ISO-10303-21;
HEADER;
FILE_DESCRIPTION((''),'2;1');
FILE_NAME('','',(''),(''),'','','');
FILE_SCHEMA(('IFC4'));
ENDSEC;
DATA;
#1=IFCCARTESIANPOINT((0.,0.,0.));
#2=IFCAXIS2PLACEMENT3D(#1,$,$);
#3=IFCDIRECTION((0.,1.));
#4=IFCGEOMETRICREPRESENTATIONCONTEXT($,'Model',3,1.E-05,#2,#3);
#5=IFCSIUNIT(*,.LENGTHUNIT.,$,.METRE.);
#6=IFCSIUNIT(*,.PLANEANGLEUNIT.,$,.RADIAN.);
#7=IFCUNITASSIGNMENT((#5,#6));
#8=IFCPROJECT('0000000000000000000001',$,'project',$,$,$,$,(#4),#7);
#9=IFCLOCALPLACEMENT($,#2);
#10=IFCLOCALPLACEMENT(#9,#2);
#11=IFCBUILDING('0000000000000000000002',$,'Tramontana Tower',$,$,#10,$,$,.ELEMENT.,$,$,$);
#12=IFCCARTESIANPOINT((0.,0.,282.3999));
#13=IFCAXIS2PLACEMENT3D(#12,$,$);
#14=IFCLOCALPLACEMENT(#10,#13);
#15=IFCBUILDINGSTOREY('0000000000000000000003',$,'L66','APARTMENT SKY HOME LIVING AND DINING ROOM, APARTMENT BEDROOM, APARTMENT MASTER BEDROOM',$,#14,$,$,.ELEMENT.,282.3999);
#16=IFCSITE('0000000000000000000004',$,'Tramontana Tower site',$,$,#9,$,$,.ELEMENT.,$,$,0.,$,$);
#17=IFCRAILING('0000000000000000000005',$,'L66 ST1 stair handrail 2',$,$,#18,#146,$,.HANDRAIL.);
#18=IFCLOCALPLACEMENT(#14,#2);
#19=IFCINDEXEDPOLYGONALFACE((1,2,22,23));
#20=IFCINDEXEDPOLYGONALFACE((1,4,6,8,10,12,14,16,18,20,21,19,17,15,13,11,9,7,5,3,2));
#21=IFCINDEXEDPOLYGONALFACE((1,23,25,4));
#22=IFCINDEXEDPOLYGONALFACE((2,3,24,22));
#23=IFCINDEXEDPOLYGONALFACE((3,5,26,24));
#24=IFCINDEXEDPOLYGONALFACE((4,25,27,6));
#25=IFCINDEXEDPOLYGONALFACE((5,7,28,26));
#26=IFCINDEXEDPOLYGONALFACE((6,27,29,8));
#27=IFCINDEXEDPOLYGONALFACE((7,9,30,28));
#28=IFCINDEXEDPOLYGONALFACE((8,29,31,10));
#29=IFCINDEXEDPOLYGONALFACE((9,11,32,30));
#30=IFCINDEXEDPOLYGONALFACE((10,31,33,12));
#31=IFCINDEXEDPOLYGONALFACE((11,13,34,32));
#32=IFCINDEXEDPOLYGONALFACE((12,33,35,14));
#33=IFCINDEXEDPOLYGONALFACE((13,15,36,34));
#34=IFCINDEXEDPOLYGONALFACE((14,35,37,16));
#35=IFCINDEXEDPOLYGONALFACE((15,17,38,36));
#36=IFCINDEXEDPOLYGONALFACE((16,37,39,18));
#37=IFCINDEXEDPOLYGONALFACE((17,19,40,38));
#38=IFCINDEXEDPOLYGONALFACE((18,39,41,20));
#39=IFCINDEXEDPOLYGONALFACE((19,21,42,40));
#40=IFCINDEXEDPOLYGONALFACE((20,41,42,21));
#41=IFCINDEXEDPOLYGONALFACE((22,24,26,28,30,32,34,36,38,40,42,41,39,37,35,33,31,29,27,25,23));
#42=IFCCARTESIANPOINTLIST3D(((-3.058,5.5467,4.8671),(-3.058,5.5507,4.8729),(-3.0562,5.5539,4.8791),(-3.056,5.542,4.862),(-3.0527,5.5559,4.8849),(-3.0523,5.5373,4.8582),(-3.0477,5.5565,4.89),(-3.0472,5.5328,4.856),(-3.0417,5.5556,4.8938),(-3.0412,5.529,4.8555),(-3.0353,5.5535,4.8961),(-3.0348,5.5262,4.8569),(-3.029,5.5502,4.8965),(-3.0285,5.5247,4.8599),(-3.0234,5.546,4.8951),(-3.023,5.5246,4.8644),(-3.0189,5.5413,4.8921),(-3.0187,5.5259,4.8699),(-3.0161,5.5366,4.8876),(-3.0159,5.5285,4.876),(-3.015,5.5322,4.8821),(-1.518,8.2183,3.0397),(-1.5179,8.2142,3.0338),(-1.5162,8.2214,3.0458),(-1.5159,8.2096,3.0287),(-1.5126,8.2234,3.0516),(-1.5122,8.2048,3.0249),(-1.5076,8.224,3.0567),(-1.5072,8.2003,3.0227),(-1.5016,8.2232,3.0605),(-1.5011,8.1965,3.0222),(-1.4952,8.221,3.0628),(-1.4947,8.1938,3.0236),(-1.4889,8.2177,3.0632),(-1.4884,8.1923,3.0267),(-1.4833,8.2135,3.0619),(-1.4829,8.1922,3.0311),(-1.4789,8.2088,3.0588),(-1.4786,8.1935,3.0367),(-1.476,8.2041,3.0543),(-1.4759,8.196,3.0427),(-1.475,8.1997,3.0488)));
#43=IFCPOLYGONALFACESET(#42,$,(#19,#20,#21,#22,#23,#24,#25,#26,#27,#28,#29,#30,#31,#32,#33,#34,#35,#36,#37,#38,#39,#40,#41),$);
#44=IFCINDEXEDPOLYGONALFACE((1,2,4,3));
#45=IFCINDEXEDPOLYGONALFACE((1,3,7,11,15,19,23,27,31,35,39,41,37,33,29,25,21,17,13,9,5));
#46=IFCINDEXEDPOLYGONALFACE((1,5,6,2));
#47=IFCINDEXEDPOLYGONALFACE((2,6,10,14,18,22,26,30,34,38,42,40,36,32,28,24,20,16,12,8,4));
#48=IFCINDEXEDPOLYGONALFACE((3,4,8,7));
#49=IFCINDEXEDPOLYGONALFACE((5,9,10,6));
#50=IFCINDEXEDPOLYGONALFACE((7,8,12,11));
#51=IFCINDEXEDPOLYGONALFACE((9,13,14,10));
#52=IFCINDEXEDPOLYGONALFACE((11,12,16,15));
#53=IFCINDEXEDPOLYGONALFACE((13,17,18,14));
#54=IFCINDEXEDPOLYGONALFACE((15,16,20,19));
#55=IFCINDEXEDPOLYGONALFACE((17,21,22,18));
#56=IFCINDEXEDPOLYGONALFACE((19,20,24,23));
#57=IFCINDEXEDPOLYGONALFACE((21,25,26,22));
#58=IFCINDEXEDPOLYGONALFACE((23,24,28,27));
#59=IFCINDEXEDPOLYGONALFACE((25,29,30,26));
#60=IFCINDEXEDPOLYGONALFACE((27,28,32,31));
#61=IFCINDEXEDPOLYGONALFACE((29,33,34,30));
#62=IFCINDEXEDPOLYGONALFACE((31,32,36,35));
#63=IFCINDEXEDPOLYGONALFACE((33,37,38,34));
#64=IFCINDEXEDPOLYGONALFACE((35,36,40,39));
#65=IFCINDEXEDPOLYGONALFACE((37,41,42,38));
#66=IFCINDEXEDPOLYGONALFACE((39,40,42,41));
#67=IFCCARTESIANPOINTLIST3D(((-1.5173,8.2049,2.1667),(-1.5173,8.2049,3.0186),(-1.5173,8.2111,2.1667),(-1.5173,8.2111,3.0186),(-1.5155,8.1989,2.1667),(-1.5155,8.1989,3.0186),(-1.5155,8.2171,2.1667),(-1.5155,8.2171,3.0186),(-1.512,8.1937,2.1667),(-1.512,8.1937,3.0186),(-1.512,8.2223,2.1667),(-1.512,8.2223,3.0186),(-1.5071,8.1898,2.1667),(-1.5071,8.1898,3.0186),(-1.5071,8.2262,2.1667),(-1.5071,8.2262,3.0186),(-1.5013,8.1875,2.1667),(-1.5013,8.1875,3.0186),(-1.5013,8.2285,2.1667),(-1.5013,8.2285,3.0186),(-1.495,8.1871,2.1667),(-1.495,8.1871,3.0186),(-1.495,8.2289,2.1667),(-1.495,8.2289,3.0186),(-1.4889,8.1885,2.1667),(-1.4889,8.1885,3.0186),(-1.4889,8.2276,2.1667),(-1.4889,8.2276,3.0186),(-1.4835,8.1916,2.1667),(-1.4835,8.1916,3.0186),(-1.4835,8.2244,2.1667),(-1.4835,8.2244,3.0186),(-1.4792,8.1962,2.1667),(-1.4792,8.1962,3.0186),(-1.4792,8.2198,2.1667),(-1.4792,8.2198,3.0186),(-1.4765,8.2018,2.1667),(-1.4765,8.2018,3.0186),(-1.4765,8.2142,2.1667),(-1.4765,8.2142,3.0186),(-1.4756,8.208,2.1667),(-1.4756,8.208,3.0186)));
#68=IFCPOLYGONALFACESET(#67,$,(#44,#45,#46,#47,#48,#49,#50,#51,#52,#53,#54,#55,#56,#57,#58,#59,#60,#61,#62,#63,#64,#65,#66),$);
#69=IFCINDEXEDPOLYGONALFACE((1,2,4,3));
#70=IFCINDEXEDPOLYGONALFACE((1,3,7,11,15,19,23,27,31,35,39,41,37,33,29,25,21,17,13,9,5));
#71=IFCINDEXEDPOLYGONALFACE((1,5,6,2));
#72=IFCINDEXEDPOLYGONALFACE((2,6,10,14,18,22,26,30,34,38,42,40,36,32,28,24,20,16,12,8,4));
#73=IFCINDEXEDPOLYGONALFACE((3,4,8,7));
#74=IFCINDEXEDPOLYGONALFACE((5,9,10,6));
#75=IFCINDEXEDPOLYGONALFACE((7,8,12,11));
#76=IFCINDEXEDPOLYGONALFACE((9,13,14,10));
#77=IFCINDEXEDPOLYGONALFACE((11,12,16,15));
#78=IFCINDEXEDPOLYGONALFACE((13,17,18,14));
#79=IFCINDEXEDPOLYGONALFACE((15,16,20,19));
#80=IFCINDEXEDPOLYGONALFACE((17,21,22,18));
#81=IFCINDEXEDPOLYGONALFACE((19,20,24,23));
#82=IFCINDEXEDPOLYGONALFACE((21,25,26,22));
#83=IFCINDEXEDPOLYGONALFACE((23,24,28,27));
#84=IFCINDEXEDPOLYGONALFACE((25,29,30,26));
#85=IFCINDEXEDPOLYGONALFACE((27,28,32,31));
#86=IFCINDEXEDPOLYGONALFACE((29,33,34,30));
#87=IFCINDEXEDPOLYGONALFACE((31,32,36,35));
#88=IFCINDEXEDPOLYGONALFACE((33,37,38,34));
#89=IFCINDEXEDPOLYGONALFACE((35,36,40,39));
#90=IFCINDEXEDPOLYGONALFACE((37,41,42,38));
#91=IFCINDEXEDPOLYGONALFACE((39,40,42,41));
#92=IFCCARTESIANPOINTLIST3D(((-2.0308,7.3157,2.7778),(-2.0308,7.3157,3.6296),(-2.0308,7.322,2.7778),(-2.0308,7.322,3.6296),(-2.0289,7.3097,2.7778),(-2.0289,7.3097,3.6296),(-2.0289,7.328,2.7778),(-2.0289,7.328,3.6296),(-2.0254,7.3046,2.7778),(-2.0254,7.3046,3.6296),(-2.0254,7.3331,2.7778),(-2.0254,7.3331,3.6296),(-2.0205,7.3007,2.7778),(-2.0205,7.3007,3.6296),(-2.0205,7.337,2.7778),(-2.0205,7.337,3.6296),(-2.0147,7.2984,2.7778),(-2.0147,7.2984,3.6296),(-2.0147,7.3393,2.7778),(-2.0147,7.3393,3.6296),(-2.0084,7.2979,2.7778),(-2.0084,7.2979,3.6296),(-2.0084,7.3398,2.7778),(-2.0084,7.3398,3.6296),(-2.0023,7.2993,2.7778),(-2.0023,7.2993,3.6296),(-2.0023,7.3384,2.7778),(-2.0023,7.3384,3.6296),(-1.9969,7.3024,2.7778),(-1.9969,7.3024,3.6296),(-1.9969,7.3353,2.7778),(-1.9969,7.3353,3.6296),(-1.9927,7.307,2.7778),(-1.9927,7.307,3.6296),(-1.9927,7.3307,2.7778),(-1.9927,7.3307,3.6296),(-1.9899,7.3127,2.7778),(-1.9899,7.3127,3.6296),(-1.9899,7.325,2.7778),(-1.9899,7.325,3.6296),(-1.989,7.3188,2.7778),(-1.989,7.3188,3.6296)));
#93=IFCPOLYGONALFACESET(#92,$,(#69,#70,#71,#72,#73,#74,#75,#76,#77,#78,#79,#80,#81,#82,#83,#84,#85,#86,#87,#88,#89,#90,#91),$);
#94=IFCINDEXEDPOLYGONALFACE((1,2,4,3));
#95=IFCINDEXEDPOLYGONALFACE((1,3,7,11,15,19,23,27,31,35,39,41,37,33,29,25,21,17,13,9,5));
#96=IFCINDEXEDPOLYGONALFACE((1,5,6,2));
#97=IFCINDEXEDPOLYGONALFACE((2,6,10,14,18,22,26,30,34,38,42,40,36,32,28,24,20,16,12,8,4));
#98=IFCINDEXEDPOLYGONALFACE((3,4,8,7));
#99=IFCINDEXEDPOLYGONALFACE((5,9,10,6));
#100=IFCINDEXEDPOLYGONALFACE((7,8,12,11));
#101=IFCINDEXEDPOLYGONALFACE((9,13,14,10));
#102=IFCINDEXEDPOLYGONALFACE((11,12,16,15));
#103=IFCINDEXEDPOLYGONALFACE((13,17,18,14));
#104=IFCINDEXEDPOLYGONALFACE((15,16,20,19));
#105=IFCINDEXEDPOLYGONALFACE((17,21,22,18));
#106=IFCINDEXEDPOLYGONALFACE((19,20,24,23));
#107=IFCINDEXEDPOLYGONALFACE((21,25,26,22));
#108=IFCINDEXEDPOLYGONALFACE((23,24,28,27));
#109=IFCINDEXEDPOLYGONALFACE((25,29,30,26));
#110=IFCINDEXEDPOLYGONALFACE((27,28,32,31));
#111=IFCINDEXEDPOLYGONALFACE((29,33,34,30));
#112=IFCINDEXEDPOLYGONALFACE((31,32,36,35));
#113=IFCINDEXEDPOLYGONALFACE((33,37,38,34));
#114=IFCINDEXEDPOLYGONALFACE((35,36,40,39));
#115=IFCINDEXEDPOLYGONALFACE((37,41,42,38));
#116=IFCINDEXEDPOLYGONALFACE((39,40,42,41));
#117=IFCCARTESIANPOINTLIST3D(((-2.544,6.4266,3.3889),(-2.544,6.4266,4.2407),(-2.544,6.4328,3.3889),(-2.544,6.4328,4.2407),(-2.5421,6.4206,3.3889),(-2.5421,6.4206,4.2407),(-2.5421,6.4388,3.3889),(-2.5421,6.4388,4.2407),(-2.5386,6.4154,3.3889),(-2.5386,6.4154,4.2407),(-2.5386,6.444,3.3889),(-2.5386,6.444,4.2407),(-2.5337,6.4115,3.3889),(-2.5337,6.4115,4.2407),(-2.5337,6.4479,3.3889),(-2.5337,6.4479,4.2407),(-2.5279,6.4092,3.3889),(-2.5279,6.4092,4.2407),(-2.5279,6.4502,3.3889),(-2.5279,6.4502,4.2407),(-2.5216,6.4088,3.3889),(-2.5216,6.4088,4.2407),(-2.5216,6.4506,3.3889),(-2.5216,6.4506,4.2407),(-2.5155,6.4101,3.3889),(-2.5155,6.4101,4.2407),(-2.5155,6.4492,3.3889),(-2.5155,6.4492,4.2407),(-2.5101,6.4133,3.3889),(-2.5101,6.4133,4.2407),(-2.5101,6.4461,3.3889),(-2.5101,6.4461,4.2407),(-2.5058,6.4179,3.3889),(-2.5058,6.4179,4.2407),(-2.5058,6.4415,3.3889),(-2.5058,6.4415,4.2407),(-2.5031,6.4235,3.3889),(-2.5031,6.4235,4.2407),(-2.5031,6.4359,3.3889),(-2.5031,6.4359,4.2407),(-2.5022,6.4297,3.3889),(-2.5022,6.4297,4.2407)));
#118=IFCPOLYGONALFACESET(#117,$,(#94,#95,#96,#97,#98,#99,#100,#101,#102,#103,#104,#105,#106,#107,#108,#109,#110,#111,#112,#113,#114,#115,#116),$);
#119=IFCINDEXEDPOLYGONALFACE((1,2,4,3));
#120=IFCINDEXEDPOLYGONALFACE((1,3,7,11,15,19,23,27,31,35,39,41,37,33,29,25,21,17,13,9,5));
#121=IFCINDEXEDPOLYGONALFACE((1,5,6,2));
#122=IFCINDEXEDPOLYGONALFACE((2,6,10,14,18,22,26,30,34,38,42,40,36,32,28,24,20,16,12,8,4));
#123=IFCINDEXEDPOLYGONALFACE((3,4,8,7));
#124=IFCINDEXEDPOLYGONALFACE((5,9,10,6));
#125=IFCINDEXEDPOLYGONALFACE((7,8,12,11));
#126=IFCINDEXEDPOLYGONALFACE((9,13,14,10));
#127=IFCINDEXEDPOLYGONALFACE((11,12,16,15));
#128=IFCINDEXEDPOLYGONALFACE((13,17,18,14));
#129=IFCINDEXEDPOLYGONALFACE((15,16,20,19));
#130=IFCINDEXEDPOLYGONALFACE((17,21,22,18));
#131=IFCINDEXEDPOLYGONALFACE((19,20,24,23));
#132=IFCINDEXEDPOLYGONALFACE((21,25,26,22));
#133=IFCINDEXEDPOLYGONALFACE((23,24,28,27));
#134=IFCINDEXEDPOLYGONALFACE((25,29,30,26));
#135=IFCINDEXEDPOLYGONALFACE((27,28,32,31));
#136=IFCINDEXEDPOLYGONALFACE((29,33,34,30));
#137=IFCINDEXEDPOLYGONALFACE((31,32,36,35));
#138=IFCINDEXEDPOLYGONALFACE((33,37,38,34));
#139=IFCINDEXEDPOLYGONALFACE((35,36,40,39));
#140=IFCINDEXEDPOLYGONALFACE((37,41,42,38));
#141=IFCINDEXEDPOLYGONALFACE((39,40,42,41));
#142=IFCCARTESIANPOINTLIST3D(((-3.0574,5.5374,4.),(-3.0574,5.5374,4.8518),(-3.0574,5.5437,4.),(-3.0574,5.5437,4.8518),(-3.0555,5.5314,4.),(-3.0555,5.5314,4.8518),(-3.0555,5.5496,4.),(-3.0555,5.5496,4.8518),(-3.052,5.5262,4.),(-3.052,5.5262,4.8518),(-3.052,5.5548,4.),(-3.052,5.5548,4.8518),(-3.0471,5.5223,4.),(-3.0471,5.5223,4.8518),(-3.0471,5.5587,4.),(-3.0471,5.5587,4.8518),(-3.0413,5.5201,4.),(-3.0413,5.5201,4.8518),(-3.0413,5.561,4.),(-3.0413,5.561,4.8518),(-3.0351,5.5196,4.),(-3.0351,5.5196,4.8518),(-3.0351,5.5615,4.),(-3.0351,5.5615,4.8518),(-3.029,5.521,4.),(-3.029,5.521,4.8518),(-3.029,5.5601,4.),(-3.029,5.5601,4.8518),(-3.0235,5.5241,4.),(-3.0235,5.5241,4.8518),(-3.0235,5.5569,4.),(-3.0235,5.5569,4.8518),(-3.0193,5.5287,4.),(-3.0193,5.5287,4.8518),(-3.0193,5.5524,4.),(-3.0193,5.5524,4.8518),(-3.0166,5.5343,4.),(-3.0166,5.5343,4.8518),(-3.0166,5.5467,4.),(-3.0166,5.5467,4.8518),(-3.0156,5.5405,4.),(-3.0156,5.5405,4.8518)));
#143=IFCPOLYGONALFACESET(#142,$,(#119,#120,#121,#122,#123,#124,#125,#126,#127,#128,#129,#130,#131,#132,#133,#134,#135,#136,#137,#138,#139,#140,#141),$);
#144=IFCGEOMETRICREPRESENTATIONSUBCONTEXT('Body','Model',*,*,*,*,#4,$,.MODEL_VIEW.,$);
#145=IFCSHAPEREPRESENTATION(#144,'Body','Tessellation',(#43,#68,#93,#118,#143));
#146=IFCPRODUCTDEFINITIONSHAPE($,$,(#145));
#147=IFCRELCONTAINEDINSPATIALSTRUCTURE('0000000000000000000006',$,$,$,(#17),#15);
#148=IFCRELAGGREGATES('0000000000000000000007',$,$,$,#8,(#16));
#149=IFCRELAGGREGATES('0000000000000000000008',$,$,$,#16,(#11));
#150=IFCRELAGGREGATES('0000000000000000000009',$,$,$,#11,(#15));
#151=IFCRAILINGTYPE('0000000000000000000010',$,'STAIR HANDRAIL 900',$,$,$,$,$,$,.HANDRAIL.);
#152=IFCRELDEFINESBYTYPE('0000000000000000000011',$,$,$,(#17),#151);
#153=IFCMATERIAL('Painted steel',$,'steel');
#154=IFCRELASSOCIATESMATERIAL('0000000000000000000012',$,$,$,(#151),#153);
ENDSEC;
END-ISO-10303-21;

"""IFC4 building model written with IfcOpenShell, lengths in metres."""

from ifc_helpers import new_model, si_unit, direction, frame, origin, origin_2d, place, context, subcontext, project, spatial, circle, extrude, material, type_object, element, save


model = new_model("IFC4")

# Units and contexts
model_context = context("Model", 3, precision=1e-05, world=origin(), true_north=direction((0.0, 1.0)))
body_context = subcontext(model_context, "Body", "Model", "MODEL_VIEW")
ifc_project = project(units=[si_unit("LENGTHUNIT", "METRE"), si_unit("PLANEANGLEUNIT", "RADIAN")], contexts=[model_context])

# Site, building, storey
site_placement = place(None, origin())
site = spatial("IfcSite", under=ifc_project, at=site_placement, Name="Tramontana Tower site", CompositionType="ELEMENT", RefElevation=0.0)
building_placement = place(site_placement, origin())
building = spatial("IfcBuilding", under=site, at=building_placement, Name="Tramontana Tower", CompositionType="ELEMENT")
storey_placement = place(building_placement, frame((0.0, 0.0, 282.3999)))
storey = spatial("IfcBuildingStorey", under=building, at=storey_placement, Name="L66", Description="APARTMENT SKY HOME LIVING AND DINING ROOM, APARTMENT BEDROOM, APARTMENT MASTER BEDROOM", CompositionType="ELEMENT", Elevation=282.3999)

# Railing
ifc_material_1 = material(Name="Painted steel", Category="steel")
railing_type_1 = type_object("IfcRailingType", Name="STAIR HANDRAIL 900", PredefinedType="HANDRAIL", material=ifc_material_1)
railing_1_placement = place(storey_placement, frame((-1.4966, 8.208, 2.1667)))
element("IfcRailing", 1, at=railing_1_placement, inside=storey, type_object=railing_type_1, Name="L66 ST1 stair handrail 2", PredefinedType="HANDRAIL", context=body_context, shape_type="SweptSolid", body=[
    extrude(circle(Radius=0.0239, at=origin_2d()), frame((0.0, 0.0, 0.876), z_axis=(-0.429649, -0.74419, 0.511452), x_axis=(0.86603, -0.499992, 0.0)), (0.0, 0.0, 1.0), 3.5845),
    extrude(circle(Radius=0.021, at=origin_2d()), origin(), (0.0, 0.0, 1.0), 0.8518),
    extrude(circle(Radius=0.021, at=origin_2d()), frame((-0.5134, -0.8892, 0.6111)), (0.0, 0.0, 1.0), 0.8518),
    extrude(circle(Radius=0.021, at=origin_2d()), frame((-1.0266, -1.7783, 1.2222)), (0.0, 0.0, 1.0), 0.8518),
    extrude(circle(Radius=0.021, at=origin_2d()), frame((-1.54, -2.6675, 1.8333)), (0.0, 0.0, 1.0), 0.8518),
])

save(model, "model.ifc")
